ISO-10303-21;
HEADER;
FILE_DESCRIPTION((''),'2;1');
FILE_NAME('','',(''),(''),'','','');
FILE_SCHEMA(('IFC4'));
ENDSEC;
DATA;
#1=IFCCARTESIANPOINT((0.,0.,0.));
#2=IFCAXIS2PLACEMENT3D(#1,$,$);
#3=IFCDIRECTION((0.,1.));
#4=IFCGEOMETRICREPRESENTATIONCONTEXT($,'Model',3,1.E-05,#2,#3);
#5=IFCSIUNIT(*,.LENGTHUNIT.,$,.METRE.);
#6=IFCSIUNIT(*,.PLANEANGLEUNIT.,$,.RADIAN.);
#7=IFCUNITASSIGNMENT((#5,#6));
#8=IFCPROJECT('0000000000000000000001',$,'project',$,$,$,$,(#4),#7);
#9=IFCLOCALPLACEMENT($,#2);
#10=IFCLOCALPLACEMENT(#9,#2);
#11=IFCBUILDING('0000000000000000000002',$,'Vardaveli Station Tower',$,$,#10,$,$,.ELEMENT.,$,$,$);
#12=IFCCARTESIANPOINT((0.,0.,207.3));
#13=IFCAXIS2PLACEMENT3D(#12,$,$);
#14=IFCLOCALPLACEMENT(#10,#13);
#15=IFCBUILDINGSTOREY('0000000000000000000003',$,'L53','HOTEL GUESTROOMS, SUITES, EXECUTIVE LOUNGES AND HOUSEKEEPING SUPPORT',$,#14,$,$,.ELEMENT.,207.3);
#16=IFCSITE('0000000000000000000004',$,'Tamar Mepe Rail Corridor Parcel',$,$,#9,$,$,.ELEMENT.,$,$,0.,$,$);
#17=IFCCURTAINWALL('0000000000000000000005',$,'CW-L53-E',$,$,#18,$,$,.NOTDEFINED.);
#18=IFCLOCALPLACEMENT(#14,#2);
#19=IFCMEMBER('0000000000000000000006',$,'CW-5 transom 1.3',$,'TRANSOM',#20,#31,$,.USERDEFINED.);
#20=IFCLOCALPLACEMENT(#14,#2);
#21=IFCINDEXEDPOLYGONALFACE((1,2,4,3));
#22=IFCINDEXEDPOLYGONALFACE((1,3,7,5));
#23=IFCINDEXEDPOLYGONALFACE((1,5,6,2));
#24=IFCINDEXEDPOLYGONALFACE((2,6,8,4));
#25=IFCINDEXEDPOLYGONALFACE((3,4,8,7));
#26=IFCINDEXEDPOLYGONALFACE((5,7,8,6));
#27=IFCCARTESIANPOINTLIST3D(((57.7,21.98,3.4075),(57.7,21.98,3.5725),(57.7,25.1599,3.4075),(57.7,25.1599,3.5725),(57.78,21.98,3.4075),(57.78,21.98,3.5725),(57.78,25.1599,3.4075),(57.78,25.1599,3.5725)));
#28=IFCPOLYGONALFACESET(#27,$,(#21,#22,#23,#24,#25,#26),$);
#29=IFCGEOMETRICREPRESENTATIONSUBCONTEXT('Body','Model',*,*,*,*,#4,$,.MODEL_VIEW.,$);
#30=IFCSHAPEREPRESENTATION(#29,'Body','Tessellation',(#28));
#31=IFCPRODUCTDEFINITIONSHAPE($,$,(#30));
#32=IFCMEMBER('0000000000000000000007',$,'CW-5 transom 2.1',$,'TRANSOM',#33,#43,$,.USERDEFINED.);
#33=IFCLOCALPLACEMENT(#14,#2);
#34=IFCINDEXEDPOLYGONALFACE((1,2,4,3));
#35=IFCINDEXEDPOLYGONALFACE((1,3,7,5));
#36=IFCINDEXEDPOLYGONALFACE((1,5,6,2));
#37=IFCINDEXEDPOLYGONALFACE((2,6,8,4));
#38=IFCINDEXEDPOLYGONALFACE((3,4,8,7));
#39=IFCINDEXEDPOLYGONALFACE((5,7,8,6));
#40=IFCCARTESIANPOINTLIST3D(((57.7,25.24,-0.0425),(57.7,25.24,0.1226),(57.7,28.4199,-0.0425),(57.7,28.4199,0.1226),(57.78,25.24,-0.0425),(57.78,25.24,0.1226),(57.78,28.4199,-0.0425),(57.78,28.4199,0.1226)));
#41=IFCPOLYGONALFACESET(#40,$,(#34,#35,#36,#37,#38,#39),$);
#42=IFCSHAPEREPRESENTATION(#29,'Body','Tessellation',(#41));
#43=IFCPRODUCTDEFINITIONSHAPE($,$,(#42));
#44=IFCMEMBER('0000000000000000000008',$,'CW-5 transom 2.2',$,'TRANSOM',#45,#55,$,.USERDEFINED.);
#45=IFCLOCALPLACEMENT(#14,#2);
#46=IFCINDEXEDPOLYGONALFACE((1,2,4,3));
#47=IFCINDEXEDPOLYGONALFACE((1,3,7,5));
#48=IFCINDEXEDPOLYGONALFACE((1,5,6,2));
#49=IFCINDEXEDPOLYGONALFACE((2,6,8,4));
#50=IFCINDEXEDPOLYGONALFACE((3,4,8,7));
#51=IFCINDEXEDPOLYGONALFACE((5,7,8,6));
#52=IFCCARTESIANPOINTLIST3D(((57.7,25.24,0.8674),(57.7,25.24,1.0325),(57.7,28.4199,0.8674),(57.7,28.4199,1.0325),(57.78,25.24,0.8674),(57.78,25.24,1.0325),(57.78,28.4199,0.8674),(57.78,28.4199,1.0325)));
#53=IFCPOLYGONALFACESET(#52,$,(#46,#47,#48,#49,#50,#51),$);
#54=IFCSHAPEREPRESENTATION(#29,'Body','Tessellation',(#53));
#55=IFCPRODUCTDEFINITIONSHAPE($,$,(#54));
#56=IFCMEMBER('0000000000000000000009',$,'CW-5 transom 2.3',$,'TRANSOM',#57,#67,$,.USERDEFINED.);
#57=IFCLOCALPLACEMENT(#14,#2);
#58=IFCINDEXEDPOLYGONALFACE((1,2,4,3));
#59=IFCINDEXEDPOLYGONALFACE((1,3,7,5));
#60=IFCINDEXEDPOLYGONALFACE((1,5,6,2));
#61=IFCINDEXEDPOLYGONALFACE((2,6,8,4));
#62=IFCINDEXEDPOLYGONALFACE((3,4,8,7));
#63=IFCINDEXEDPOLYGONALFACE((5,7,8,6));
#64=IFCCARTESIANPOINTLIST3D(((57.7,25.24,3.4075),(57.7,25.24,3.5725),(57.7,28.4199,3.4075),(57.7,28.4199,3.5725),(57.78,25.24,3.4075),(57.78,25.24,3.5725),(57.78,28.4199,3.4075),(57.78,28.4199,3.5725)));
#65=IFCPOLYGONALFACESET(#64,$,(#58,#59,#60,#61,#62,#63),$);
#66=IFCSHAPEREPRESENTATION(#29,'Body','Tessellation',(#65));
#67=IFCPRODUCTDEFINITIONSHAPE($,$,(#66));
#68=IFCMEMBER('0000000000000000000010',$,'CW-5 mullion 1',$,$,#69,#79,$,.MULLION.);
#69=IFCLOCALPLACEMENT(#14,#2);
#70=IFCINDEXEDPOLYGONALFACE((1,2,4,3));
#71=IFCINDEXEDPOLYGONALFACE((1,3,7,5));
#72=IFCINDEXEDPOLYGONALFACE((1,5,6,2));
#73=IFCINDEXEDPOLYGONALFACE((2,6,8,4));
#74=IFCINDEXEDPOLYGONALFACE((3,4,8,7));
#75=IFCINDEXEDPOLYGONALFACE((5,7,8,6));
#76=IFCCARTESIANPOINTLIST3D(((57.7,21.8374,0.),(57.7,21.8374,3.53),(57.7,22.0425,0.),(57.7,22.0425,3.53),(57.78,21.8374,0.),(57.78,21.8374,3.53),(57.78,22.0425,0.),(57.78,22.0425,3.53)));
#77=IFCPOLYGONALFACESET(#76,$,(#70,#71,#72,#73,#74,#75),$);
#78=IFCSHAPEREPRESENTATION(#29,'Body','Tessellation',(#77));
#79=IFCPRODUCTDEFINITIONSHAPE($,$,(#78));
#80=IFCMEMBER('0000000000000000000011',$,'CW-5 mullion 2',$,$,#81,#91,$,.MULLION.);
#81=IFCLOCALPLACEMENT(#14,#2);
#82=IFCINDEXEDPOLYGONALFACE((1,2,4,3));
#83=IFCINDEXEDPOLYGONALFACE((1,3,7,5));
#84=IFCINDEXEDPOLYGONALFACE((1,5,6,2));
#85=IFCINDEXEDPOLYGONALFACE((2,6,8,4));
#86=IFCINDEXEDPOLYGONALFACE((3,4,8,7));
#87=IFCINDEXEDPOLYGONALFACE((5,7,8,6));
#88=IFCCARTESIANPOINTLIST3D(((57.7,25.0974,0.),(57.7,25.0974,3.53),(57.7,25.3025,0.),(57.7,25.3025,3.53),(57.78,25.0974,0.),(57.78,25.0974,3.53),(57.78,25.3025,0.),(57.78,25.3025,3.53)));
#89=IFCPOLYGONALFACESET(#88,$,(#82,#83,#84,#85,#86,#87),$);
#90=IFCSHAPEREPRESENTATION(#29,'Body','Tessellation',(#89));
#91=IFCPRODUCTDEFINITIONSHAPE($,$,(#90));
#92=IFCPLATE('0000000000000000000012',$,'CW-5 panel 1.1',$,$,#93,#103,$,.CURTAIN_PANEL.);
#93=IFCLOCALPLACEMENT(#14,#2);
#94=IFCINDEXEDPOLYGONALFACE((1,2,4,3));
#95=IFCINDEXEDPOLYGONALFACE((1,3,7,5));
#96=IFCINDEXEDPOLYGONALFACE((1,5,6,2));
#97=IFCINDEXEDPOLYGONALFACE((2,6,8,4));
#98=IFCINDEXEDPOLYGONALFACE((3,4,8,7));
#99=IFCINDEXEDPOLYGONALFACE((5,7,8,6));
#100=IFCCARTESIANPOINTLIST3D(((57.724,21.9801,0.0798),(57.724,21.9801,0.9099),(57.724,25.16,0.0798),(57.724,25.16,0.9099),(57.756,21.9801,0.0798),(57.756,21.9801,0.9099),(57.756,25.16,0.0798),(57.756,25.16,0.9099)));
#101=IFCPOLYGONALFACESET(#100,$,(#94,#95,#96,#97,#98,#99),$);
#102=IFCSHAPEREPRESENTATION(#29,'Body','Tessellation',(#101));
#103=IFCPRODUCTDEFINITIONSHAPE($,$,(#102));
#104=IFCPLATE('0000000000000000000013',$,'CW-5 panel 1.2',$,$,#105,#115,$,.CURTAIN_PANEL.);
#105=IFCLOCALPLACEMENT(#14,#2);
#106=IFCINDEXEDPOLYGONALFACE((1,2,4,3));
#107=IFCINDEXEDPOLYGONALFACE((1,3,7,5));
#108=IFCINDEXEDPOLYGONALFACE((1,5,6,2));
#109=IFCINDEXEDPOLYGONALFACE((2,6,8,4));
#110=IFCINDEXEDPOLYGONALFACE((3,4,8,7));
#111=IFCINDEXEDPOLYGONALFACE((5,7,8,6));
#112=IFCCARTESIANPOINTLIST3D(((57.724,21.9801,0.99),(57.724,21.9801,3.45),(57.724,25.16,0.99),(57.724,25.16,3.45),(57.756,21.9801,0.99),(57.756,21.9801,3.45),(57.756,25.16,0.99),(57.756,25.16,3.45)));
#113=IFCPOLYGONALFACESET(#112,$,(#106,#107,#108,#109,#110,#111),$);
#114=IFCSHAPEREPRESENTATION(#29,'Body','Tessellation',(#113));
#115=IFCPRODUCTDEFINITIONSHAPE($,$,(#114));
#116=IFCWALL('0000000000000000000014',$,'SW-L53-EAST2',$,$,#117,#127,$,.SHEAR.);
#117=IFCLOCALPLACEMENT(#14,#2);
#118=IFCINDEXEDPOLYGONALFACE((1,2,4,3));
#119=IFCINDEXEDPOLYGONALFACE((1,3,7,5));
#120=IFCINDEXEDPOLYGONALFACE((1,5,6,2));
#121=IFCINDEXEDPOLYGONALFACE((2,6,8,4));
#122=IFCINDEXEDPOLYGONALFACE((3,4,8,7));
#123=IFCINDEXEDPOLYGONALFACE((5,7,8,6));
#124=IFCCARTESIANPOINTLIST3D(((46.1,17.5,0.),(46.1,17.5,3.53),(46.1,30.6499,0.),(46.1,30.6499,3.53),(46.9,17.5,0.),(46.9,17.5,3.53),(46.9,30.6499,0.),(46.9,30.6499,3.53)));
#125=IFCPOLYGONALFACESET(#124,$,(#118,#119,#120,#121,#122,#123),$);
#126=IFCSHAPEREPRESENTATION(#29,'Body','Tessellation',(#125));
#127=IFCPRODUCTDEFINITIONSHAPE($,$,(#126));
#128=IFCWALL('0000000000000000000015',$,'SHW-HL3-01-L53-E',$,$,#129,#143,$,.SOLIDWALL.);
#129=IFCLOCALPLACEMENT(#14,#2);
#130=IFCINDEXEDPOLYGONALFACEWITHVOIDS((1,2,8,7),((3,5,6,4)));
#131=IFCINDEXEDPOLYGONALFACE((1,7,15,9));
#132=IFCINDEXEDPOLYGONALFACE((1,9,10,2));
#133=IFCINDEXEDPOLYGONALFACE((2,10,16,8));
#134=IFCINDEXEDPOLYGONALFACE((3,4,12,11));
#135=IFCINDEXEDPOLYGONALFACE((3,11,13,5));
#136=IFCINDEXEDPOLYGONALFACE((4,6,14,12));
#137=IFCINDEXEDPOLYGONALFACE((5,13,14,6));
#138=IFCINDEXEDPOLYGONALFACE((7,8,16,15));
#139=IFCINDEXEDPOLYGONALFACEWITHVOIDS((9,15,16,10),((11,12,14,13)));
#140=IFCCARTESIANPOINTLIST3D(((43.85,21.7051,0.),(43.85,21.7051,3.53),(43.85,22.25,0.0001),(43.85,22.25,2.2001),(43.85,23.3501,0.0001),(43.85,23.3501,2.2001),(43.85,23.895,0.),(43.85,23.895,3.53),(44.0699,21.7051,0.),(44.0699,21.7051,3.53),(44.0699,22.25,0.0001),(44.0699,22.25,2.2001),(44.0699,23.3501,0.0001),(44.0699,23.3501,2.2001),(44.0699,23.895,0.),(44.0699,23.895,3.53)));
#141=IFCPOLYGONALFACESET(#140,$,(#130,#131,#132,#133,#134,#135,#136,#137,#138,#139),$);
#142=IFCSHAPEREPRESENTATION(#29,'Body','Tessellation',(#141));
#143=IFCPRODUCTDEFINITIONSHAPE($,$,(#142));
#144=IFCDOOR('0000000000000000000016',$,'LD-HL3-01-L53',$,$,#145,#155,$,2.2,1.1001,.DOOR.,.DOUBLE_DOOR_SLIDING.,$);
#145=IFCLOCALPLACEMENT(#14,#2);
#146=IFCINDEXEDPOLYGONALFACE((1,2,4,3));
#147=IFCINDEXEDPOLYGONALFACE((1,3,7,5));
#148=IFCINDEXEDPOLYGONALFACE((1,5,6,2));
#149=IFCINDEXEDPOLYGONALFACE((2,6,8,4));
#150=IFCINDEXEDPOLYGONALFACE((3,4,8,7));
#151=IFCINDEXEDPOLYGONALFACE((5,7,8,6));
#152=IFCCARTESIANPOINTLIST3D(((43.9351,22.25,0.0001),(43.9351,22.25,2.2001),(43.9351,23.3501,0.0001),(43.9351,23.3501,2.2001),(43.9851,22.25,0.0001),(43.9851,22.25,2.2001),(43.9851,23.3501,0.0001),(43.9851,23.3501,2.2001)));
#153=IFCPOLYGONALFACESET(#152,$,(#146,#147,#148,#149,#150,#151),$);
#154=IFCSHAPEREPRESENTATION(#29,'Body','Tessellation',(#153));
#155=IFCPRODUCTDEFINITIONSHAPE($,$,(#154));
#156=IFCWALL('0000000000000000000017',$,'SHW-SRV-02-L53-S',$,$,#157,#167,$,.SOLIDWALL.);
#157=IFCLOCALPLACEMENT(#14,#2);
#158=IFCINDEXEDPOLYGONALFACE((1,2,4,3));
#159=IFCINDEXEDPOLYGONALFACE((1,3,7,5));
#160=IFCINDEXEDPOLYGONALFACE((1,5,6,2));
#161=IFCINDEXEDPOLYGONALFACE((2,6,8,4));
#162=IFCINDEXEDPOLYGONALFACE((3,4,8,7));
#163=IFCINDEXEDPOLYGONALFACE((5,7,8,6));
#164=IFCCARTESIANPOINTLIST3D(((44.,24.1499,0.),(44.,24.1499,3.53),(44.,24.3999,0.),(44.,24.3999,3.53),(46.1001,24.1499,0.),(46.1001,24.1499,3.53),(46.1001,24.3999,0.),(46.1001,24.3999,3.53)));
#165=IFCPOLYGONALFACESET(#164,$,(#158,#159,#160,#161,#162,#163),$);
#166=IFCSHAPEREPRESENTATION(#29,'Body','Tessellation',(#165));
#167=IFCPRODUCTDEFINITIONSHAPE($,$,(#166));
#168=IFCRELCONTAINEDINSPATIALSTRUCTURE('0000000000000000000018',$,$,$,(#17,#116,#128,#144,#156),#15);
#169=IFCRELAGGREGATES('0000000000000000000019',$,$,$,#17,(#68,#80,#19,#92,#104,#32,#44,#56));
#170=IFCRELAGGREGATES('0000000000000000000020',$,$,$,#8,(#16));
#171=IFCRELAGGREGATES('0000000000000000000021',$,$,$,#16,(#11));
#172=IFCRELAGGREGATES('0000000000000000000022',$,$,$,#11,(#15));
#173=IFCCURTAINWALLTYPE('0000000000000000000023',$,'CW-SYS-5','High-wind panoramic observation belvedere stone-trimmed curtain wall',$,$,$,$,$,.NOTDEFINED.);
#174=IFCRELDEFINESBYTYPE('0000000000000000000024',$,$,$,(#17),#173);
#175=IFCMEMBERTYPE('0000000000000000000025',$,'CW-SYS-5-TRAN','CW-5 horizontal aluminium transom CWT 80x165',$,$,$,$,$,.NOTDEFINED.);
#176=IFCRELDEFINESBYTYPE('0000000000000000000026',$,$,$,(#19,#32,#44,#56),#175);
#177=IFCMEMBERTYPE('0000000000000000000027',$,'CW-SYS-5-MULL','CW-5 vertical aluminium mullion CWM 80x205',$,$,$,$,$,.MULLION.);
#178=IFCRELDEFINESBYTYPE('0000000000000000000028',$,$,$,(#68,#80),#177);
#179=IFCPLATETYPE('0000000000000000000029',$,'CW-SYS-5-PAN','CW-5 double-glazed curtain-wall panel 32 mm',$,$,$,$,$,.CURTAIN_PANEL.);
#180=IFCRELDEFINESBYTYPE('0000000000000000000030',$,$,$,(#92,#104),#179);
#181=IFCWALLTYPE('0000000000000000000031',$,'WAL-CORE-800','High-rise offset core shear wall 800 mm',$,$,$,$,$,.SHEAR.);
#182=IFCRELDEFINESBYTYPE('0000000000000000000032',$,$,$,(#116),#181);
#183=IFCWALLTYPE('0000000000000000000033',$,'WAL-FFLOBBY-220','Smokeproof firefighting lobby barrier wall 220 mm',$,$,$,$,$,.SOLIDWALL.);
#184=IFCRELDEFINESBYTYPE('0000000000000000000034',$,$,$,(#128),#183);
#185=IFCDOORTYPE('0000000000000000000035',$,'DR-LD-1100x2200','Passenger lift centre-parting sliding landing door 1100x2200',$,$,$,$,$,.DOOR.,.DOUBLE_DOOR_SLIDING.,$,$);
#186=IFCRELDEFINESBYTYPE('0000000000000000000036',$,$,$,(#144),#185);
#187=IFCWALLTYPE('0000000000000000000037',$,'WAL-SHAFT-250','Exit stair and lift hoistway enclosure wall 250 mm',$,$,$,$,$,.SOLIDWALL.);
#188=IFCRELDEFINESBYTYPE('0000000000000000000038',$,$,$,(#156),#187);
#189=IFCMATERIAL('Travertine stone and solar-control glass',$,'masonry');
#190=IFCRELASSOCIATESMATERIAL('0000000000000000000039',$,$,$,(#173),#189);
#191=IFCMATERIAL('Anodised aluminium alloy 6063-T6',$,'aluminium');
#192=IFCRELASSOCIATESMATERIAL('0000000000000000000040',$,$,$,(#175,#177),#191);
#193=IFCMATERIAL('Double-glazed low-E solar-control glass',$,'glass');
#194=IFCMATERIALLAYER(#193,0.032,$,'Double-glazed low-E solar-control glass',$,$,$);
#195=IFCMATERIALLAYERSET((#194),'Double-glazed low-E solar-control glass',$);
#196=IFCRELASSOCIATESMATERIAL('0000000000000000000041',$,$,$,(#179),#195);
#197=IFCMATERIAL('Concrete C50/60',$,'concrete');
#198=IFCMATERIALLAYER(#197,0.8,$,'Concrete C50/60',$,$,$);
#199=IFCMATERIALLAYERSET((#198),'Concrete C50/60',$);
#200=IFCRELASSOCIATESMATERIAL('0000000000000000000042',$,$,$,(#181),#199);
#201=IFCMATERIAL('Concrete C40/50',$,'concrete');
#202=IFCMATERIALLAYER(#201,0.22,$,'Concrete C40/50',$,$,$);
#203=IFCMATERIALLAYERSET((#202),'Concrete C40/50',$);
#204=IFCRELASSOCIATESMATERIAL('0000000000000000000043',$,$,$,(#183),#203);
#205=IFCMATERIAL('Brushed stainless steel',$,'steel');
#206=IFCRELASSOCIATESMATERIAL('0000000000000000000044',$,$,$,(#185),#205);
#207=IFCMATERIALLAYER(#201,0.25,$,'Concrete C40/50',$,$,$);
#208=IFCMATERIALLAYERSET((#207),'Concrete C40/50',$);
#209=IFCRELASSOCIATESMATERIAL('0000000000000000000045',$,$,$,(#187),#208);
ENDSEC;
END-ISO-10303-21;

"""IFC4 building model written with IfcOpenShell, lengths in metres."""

from ifc_helpers import new_model, si_unit, direction, frame, frame_2d, origin, origin_2d, place, context, subcontext, project, spatial, rectangle, extrude, source, transform, mapped, material, layer, layer_set, material_profile, profile_set, type_object, element, fill, aggregate, save


model = new_model("IFC4")

# Units and contexts
model_context = context("Model", 3, precision=1e-05, world=origin(), true_north=direction((0.0, 1.0)))
body_context = subcontext(model_context, "Body", "Model", "MODEL_VIEW")
ifc_project = project(units=[si_unit("LENGTHUNIT", "METRE"), si_unit("PLANEANGLEUNIT", "RADIAN")], contexts=[model_context])

# Site, building, storey
site_placement = place(None, origin())
site = spatial("IfcSite", under=ifc_project, at=site_placement, Name="Tamar Mepe Rail Corridor Parcel", CompositionType="ELEMENT", RefElevation=0.0)
building_placement = place(site_placement, origin())
building = spatial("IfcBuilding", under=site, at=building_placement, Name="Vardaveli Station Tower", CompositionType="ELEMENT")
storey_placement = place(building_placement, frame((0.0, 0.0, 207.3)))
storey = spatial("IfcBuildingStorey", under=building, at=storey_placement, Name="L53", Description="HOTEL GUESTROOMS, SUITES, EXECUTIVE LOUNGES AND HOUSEKEEPING SUPPORT", CompositionType="ELEMENT", Elevation=207.3)

# Curtain wall, members, plates
ifc_material_1 = material(Name="Travertine stone and solar-control glass", Category="masonry")
curtain_wall_type = type_object("IfcCurtainWallType", Name="CW-SYS-5", Description="High-wind panoramic observation belvedere stone-trimmed curtain wall", PredefinedType="NOTDEFINED", material=ifc_material_1)
curtain_wall_placement = place(storey_placement, origin())
curtain_wall = element("IfcCurtainWall", 1, at=curtain_wall_placement, inside=storey, type_object=curtain_wall_type, Name="CW-L53-E", PredefinedType="NOTDEFINED")
ifc_material_2 = material(Name="Anodised aluminium alloy 6063-T6", Category="aluminium")
ifc_material_profile_1 = material_profile(ifc_material_2, rectangle(XDim=0.0801, YDim=0.165, at=origin_2d()), Name="CWT 80x165")
ifc_profile_set_1 = profile_set([ifc_material_profile_1], Name="Anodised aluminium alloy 6063-T6")
member_type_1 = type_object("IfcMemberType", Name="CW-SYS-5-TRAN", Description="CW-5 horizontal aluminium transom CWT 80x165", PredefinedType="NOTDEFINED", material=ifc_profile_set_1)
shared_shape_1 = source(origin(), body_context, "Body", "SweptSolid", [
    extrude(rectangle(XDim=0.0801, YDim=0.165, at=origin_2d()), origin(), (0.0, 0.0, 1.0), 3.1799),
])
member_1_placement = place(storey_placement, frame((57.74, 21.98, 3.49), z_axis=(0.0, 1.0, 0.0), x_axis=(-1.0, 0.0, 0.0)))
member_1 = element("IfcMember", 2, at=member_1_placement, type_object=member_type_1, Name="CW-5 transom 1.3", ObjectType="TRANSOM", PredefinedType="USERDEFINED", context=body_context, shape_type="MappedRepresentation", body=[
    mapped(shared_shape_1, transform((0.0, 0.0, 0.0), scale=1.0)),
])
member_2_placement = place(storey_placement, frame((57.74, 25.24, 0.04), z_axis=(0.0, 1.0, 0.0), x_axis=(-1.0, 0.0, 0.0)))
member_2 = element("IfcMember", 3, at=member_2_placement, type_object=member_type_1, Name="CW-5 transom 2.1", ObjectType="TRANSOM", PredefinedType="USERDEFINED", context=body_context, shape_type="MappedRepresentation", body=[
    mapped(shared_shape_1, transform((0.0, 0.0, 0.0), scale=1.0)),
])
member_3_placement = place(storey_placement, frame((57.74, 25.24, 0.95), z_axis=(0.0, 1.0, 0.0), x_axis=(-1.0, 0.0, 0.0)))
member_3 = element("IfcMember", 4, at=member_3_placement, type_object=member_type_1, Name="CW-5 transom 2.2", ObjectType="TRANSOM", PredefinedType="USERDEFINED", context=body_context, shape_type="MappedRepresentation", body=[
    mapped(shared_shape_1, transform((0.0, 0.0, 0.0), scale=1.0)),
])
member_4_placement = place(storey_placement, frame((57.74, 25.24, 3.49), z_axis=(0.0, 1.0, 0.0), x_axis=(-1.0, 0.0, 0.0)))
member_4 = element("IfcMember", 5, at=member_4_placement, type_object=member_type_1, Name="CW-5 transom 2.3", ObjectType="TRANSOM", PredefinedType="USERDEFINED", context=body_context, shape_type="MappedRepresentation", body=[
    mapped(shared_shape_1, transform((0.0, 0.0, 0.0), scale=1.0)),
])
ifc_material_profile_2 = material_profile(ifc_material_2, rectangle(XDim=0.0801, YDim=0.2051, at=origin_2d()), Name="CWM 80x205")
ifc_profile_set_2 = profile_set([ifc_material_profile_2], Name="Anodised aluminium alloy 6063-T6")
member_type_2 = type_object("IfcMemberType", Name="CW-SYS-5-MULL", Description="CW-5 vertical aluminium mullion CWM 80x205", PredefinedType="MULLION", material=ifc_profile_set_2)
shared_shape_2 = source(origin(), body_context, "Body", "SweptSolid", [
    extrude(rectangle(XDim=0.0801, YDim=0.2051, at=origin_2d()), origin(), (0.0, 0.0, 1.0), 3.53),
])
member_5_placement = place(storey_placement, frame((57.74, 21.9399, 0.0), z_axis=(0.0, 0.0, 1.0), x_axis=(-1.0, 0.0, 0.0)))
member_5 = element("IfcMember", 6, at=member_5_placement, type_object=member_type_2, Name="CW-5 mullion 1", PredefinedType="MULLION", context=body_context, shape_type="MappedRepresentation", body=[
    mapped(shared_shape_2, transform((0.0, 0.0, 0.0), scale=1.0)),
])
member_6_placement = place(storey_placement, frame((57.74, 25.2, 0.0), z_axis=(0.0, 0.0, 1.0), x_axis=(-1.0, 0.0, 0.0)))
member_6 = element("IfcMember", 7, at=member_6_placement, type_object=member_type_2, Name="CW-5 mullion 2", PredefinedType="MULLION", context=body_context, shape_type="MappedRepresentation", body=[
    mapped(shared_shape_2, transform((0.0, 0.0, 0.0), scale=1.0)),
])
ifc_material_3 = material(Name="Double-glazed low-E solar-control glass", Category="glass")
ifc_layer_1 = layer(ifc_material_3, 0.032, Name="Double-glazed low-E solar-control glass")
ifc_layer_set_1 = layer_set([ifc_layer_1], Name="Double-glazed low-E solar-control glass")
plate_type = type_object("IfcPlateType", Name="CW-SYS-5-PAN", Description="CW-5 double-glazed curtain-wall panel 32 mm", PredefinedType="CURTAIN_PANEL", material=ifc_layer_set_1)
shared_shape_3 = source(origin(), body_context, "Body", "SweptSolid", [
    extrude(rectangle(XDim=3.1799, YDim=0.032, at=origin_2d()), origin(), (0.0, 0.0, 1.0), 0.8301),
])
plate_1_placement = place(storey_placement, frame((57.74, 23.5701, 0.0798), z_axis=(0.0, 0.0, 1.0), x_axis=(0.0, 1.0, 0.0)))
plate_1 = element("IfcPlate", 8, at=plate_1_placement, type_object=plate_type, Name="CW-5 panel 1.1", PredefinedType="CURTAIN_PANEL", context=body_context, shape_type="MappedRepresentation", body=[
    mapped(shared_shape_3, transform((0.0, 0.0, 0.0), scale=1.0)),
])
shared_shape_4 = source(origin(), body_context, "Body", "SweptSolid", [
    extrude(rectangle(XDim=3.1799, YDim=0.032, at=origin_2d()), origin(), (0.0, 0.0, 1.0), 2.46),
])
plate_2_placement = place(storey_placement, frame((57.74, 23.5701, 0.99), z_axis=(0.0, 0.0, 1.0), x_axis=(0.0, 1.0, 0.0)))
plate_2 = element("IfcPlate", 9, at=plate_2_placement, type_object=plate_type, Name="CW-5 panel 1.2", PredefinedType="CURTAIN_PANEL", context=body_context, shape_type="MappedRepresentation", body=[
    mapped(shared_shape_4, transform((0.0, 0.0, 0.0), scale=1.0)),
])
aggregate(curtain_wall, [member_5, member_6, member_1, plate_1, plate_2, member_2, member_3, member_4])

# Wall
ifc_material_4 = material(Name="Concrete C50/60", Category="concrete")
ifc_layer_2 = layer(ifc_material_4, 0.8, Name="Concrete C50/60")
ifc_layer_set_2 = layer_set([ifc_layer_2], Name="Concrete C50/60")
wall_type_1 = type_object("IfcWallType", Name="WAL-CORE-800", Description="High-rise offset core shear wall 800 mm", PredefinedType="SHEAR", material=ifc_layer_set_2)
shared_shape_5 = source(origin(), body_context, "Body", "SweptSolid", [
    extrude(rectangle(XDim=13.1499, YDim=0.8, at=frame_2d((6.575, 0.0))), origin(), (0.0, 0.0, 1.0), 3.53),
])
wall_1_placement = place(storey_placement, frame((46.5, 17.5, 0.0), z_axis=(0.0, 0.0, 1.0), x_axis=(0.0, 1.0, 0.0)))
element("IfcWall", 10, at=wall_1_placement, inside=storey, type_object=wall_type_1, Name="SW-L53-EAST2", PredefinedType="SHEAR", context=body_context, shape_type="MappedRepresentation", body=[
    mapped(shared_shape_5, transform((0.0, 0.0, 0.0), scale=1.0)),
])

# Wall, opening, door
ifc_material_5 = material(Name="Concrete C40/50", Category="concrete")
ifc_layer_3 = layer(ifc_material_5, 0.22, Name="Concrete C40/50")
ifc_layer_set_3 = layer_set([ifc_layer_3], Name="Concrete C40/50")
wall_type_2 = type_object("IfcWallType", Name="WAL-FFLOBBY-220", Description="Smokeproof firefighting lobby barrier wall 220 mm", PredefinedType="SOLIDWALL", material=ifc_layer_set_3)
shared_shape_6 = source(origin(), body_context, "Body", "SweptSolid", [
    extrude(rectangle(XDim=2.1899, YDim=0.22, at=frame_2d((1.095, 0.0))), origin(), (0.0, 0.0, 1.0), 3.53),
])
wall_2_placement = place(storey_placement, frame((43.96, 21.7051, 0.0), z_axis=(0.0, 0.0, 1.0), x_axis=(0.0, 1.0, 0.0)))
wall_2 = element("IfcWall", 11, at=wall_2_placement, inside=storey, type_object=wall_type_2, Name="SHW-HL3-01-L53-E", PredefinedType="SOLIDWALL", context=body_context, shape_type="MappedRepresentation", body=[
    mapped(shared_shape_6, transform((0.0, 0.0, 0.0), scale=1.0)),
])
shared_shape_7 = source(origin(), body_context, "Body", "SweptSolid", [
    extrude(rectangle(XDim=1.1001, YDim=2.2, at=frame_2d((0.55, 1.1001))), frame((0.0, 0.1201, 0.0), z_axis=(0.0, -1.0, 0.0), x_axis=(1.0, 0.0, 0.0)), (0.0, 0.0, 1.0), 0.24),
])
opening_1_placement = place(wall_2_placement, frame((0.5449, 0.0, 0.0)))
opening_1 = element("IfcOpeningElement", 12, at=opening_1_placement, cuts=wall_2, PredefinedType="OPENING", context=body_context, shape_type="MappedRepresentation", body=[
    mapped(shared_shape_7, transform((0.0, 0.0, 0.0), scale=1.0)),
])
ifc_material_6 = material(Name="Brushed stainless steel", Category="steel")
door_type_1 = type_object("IfcDoorType", Name="DR-LD-1100x2200", Description="Passenger lift centre-parting sliding landing door 1100x2200", OperationType="DOUBLE_DOOR_SLIDING", PredefinedType="DOOR", material=ifc_material_6)
shared_shape_8 = source(origin(), body_context, "Body", "SweptSolid", [
    extrude(rectangle(XDim=1.1001, YDim=2.2, at=frame_2d((0.55, 1.1001))), frame((0.0, 0.0249, 0.0), z_axis=(0.0, -1.0, 0.0), x_axis=(1.0, 0.0, 0.0)), (0.0, 0.0, 1.0), 0.05),
])
door_1_placement = place(opening_1_placement, origin())
door_1 = element("IfcDoor", 13, at=door_1_placement, inside=storey, type_object=door_type_1, Name="LD-HL3-01-L53", OperationType="DOUBLE_DOOR_SLIDING", OverallHeight=2.2, OverallWidth=1.1001, PredefinedType="DOOR", context=body_context, shape_type="MappedRepresentation", body=[
    mapped(shared_shape_8, transform((0.0, 0.0, 0.0), scale=1.0)),
])
fill(opening_1, door_1)

# Wall
ifc_layer_4 = layer(ifc_material_5, 0.25, Name="Concrete C40/50")
ifc_layer_set_4 = layer_set([ifc_layer_4], Name="Concrete C40/50")
wall_type_3 = type_object("IfcWallType", Name="WAL-SHAFT-250", Description="Exit stair and lift hoistway enclosure wall 250 mm", PredefinedType="SOLIDWALL", material=ifc_layer_set_4)
shared_shape_9 = source(origin(), body_context, "Body", "SweptSolid", [
    extrude(rectangle(XDim=2.1001, YDim=0.25, at=frame_2d((1.05, 0.0))), origin(), (0.0, 0.0, 1.0), 3.53),
])
wall_3_placement = place(storey_placement, frame((44.0, 24.2749, 0.0), z_axis=(0.0, 0.0, 1.0), x_axis=(1.0, 0.0, 0.0)))
element("IfcWall", 14, at=wall_3_placement, inside=storey, type_object=wall_type_3, Name="SHW-SRV-02-L53-S", PredefinedType="SOLIDWALL", context=body_context, shape_type="MappedRepresentation", body=[
    mapped(shared_shape_9, transform((0.0, 0.0, 0.0), scale=1.0)),
])

save(model, "model.ifc")
